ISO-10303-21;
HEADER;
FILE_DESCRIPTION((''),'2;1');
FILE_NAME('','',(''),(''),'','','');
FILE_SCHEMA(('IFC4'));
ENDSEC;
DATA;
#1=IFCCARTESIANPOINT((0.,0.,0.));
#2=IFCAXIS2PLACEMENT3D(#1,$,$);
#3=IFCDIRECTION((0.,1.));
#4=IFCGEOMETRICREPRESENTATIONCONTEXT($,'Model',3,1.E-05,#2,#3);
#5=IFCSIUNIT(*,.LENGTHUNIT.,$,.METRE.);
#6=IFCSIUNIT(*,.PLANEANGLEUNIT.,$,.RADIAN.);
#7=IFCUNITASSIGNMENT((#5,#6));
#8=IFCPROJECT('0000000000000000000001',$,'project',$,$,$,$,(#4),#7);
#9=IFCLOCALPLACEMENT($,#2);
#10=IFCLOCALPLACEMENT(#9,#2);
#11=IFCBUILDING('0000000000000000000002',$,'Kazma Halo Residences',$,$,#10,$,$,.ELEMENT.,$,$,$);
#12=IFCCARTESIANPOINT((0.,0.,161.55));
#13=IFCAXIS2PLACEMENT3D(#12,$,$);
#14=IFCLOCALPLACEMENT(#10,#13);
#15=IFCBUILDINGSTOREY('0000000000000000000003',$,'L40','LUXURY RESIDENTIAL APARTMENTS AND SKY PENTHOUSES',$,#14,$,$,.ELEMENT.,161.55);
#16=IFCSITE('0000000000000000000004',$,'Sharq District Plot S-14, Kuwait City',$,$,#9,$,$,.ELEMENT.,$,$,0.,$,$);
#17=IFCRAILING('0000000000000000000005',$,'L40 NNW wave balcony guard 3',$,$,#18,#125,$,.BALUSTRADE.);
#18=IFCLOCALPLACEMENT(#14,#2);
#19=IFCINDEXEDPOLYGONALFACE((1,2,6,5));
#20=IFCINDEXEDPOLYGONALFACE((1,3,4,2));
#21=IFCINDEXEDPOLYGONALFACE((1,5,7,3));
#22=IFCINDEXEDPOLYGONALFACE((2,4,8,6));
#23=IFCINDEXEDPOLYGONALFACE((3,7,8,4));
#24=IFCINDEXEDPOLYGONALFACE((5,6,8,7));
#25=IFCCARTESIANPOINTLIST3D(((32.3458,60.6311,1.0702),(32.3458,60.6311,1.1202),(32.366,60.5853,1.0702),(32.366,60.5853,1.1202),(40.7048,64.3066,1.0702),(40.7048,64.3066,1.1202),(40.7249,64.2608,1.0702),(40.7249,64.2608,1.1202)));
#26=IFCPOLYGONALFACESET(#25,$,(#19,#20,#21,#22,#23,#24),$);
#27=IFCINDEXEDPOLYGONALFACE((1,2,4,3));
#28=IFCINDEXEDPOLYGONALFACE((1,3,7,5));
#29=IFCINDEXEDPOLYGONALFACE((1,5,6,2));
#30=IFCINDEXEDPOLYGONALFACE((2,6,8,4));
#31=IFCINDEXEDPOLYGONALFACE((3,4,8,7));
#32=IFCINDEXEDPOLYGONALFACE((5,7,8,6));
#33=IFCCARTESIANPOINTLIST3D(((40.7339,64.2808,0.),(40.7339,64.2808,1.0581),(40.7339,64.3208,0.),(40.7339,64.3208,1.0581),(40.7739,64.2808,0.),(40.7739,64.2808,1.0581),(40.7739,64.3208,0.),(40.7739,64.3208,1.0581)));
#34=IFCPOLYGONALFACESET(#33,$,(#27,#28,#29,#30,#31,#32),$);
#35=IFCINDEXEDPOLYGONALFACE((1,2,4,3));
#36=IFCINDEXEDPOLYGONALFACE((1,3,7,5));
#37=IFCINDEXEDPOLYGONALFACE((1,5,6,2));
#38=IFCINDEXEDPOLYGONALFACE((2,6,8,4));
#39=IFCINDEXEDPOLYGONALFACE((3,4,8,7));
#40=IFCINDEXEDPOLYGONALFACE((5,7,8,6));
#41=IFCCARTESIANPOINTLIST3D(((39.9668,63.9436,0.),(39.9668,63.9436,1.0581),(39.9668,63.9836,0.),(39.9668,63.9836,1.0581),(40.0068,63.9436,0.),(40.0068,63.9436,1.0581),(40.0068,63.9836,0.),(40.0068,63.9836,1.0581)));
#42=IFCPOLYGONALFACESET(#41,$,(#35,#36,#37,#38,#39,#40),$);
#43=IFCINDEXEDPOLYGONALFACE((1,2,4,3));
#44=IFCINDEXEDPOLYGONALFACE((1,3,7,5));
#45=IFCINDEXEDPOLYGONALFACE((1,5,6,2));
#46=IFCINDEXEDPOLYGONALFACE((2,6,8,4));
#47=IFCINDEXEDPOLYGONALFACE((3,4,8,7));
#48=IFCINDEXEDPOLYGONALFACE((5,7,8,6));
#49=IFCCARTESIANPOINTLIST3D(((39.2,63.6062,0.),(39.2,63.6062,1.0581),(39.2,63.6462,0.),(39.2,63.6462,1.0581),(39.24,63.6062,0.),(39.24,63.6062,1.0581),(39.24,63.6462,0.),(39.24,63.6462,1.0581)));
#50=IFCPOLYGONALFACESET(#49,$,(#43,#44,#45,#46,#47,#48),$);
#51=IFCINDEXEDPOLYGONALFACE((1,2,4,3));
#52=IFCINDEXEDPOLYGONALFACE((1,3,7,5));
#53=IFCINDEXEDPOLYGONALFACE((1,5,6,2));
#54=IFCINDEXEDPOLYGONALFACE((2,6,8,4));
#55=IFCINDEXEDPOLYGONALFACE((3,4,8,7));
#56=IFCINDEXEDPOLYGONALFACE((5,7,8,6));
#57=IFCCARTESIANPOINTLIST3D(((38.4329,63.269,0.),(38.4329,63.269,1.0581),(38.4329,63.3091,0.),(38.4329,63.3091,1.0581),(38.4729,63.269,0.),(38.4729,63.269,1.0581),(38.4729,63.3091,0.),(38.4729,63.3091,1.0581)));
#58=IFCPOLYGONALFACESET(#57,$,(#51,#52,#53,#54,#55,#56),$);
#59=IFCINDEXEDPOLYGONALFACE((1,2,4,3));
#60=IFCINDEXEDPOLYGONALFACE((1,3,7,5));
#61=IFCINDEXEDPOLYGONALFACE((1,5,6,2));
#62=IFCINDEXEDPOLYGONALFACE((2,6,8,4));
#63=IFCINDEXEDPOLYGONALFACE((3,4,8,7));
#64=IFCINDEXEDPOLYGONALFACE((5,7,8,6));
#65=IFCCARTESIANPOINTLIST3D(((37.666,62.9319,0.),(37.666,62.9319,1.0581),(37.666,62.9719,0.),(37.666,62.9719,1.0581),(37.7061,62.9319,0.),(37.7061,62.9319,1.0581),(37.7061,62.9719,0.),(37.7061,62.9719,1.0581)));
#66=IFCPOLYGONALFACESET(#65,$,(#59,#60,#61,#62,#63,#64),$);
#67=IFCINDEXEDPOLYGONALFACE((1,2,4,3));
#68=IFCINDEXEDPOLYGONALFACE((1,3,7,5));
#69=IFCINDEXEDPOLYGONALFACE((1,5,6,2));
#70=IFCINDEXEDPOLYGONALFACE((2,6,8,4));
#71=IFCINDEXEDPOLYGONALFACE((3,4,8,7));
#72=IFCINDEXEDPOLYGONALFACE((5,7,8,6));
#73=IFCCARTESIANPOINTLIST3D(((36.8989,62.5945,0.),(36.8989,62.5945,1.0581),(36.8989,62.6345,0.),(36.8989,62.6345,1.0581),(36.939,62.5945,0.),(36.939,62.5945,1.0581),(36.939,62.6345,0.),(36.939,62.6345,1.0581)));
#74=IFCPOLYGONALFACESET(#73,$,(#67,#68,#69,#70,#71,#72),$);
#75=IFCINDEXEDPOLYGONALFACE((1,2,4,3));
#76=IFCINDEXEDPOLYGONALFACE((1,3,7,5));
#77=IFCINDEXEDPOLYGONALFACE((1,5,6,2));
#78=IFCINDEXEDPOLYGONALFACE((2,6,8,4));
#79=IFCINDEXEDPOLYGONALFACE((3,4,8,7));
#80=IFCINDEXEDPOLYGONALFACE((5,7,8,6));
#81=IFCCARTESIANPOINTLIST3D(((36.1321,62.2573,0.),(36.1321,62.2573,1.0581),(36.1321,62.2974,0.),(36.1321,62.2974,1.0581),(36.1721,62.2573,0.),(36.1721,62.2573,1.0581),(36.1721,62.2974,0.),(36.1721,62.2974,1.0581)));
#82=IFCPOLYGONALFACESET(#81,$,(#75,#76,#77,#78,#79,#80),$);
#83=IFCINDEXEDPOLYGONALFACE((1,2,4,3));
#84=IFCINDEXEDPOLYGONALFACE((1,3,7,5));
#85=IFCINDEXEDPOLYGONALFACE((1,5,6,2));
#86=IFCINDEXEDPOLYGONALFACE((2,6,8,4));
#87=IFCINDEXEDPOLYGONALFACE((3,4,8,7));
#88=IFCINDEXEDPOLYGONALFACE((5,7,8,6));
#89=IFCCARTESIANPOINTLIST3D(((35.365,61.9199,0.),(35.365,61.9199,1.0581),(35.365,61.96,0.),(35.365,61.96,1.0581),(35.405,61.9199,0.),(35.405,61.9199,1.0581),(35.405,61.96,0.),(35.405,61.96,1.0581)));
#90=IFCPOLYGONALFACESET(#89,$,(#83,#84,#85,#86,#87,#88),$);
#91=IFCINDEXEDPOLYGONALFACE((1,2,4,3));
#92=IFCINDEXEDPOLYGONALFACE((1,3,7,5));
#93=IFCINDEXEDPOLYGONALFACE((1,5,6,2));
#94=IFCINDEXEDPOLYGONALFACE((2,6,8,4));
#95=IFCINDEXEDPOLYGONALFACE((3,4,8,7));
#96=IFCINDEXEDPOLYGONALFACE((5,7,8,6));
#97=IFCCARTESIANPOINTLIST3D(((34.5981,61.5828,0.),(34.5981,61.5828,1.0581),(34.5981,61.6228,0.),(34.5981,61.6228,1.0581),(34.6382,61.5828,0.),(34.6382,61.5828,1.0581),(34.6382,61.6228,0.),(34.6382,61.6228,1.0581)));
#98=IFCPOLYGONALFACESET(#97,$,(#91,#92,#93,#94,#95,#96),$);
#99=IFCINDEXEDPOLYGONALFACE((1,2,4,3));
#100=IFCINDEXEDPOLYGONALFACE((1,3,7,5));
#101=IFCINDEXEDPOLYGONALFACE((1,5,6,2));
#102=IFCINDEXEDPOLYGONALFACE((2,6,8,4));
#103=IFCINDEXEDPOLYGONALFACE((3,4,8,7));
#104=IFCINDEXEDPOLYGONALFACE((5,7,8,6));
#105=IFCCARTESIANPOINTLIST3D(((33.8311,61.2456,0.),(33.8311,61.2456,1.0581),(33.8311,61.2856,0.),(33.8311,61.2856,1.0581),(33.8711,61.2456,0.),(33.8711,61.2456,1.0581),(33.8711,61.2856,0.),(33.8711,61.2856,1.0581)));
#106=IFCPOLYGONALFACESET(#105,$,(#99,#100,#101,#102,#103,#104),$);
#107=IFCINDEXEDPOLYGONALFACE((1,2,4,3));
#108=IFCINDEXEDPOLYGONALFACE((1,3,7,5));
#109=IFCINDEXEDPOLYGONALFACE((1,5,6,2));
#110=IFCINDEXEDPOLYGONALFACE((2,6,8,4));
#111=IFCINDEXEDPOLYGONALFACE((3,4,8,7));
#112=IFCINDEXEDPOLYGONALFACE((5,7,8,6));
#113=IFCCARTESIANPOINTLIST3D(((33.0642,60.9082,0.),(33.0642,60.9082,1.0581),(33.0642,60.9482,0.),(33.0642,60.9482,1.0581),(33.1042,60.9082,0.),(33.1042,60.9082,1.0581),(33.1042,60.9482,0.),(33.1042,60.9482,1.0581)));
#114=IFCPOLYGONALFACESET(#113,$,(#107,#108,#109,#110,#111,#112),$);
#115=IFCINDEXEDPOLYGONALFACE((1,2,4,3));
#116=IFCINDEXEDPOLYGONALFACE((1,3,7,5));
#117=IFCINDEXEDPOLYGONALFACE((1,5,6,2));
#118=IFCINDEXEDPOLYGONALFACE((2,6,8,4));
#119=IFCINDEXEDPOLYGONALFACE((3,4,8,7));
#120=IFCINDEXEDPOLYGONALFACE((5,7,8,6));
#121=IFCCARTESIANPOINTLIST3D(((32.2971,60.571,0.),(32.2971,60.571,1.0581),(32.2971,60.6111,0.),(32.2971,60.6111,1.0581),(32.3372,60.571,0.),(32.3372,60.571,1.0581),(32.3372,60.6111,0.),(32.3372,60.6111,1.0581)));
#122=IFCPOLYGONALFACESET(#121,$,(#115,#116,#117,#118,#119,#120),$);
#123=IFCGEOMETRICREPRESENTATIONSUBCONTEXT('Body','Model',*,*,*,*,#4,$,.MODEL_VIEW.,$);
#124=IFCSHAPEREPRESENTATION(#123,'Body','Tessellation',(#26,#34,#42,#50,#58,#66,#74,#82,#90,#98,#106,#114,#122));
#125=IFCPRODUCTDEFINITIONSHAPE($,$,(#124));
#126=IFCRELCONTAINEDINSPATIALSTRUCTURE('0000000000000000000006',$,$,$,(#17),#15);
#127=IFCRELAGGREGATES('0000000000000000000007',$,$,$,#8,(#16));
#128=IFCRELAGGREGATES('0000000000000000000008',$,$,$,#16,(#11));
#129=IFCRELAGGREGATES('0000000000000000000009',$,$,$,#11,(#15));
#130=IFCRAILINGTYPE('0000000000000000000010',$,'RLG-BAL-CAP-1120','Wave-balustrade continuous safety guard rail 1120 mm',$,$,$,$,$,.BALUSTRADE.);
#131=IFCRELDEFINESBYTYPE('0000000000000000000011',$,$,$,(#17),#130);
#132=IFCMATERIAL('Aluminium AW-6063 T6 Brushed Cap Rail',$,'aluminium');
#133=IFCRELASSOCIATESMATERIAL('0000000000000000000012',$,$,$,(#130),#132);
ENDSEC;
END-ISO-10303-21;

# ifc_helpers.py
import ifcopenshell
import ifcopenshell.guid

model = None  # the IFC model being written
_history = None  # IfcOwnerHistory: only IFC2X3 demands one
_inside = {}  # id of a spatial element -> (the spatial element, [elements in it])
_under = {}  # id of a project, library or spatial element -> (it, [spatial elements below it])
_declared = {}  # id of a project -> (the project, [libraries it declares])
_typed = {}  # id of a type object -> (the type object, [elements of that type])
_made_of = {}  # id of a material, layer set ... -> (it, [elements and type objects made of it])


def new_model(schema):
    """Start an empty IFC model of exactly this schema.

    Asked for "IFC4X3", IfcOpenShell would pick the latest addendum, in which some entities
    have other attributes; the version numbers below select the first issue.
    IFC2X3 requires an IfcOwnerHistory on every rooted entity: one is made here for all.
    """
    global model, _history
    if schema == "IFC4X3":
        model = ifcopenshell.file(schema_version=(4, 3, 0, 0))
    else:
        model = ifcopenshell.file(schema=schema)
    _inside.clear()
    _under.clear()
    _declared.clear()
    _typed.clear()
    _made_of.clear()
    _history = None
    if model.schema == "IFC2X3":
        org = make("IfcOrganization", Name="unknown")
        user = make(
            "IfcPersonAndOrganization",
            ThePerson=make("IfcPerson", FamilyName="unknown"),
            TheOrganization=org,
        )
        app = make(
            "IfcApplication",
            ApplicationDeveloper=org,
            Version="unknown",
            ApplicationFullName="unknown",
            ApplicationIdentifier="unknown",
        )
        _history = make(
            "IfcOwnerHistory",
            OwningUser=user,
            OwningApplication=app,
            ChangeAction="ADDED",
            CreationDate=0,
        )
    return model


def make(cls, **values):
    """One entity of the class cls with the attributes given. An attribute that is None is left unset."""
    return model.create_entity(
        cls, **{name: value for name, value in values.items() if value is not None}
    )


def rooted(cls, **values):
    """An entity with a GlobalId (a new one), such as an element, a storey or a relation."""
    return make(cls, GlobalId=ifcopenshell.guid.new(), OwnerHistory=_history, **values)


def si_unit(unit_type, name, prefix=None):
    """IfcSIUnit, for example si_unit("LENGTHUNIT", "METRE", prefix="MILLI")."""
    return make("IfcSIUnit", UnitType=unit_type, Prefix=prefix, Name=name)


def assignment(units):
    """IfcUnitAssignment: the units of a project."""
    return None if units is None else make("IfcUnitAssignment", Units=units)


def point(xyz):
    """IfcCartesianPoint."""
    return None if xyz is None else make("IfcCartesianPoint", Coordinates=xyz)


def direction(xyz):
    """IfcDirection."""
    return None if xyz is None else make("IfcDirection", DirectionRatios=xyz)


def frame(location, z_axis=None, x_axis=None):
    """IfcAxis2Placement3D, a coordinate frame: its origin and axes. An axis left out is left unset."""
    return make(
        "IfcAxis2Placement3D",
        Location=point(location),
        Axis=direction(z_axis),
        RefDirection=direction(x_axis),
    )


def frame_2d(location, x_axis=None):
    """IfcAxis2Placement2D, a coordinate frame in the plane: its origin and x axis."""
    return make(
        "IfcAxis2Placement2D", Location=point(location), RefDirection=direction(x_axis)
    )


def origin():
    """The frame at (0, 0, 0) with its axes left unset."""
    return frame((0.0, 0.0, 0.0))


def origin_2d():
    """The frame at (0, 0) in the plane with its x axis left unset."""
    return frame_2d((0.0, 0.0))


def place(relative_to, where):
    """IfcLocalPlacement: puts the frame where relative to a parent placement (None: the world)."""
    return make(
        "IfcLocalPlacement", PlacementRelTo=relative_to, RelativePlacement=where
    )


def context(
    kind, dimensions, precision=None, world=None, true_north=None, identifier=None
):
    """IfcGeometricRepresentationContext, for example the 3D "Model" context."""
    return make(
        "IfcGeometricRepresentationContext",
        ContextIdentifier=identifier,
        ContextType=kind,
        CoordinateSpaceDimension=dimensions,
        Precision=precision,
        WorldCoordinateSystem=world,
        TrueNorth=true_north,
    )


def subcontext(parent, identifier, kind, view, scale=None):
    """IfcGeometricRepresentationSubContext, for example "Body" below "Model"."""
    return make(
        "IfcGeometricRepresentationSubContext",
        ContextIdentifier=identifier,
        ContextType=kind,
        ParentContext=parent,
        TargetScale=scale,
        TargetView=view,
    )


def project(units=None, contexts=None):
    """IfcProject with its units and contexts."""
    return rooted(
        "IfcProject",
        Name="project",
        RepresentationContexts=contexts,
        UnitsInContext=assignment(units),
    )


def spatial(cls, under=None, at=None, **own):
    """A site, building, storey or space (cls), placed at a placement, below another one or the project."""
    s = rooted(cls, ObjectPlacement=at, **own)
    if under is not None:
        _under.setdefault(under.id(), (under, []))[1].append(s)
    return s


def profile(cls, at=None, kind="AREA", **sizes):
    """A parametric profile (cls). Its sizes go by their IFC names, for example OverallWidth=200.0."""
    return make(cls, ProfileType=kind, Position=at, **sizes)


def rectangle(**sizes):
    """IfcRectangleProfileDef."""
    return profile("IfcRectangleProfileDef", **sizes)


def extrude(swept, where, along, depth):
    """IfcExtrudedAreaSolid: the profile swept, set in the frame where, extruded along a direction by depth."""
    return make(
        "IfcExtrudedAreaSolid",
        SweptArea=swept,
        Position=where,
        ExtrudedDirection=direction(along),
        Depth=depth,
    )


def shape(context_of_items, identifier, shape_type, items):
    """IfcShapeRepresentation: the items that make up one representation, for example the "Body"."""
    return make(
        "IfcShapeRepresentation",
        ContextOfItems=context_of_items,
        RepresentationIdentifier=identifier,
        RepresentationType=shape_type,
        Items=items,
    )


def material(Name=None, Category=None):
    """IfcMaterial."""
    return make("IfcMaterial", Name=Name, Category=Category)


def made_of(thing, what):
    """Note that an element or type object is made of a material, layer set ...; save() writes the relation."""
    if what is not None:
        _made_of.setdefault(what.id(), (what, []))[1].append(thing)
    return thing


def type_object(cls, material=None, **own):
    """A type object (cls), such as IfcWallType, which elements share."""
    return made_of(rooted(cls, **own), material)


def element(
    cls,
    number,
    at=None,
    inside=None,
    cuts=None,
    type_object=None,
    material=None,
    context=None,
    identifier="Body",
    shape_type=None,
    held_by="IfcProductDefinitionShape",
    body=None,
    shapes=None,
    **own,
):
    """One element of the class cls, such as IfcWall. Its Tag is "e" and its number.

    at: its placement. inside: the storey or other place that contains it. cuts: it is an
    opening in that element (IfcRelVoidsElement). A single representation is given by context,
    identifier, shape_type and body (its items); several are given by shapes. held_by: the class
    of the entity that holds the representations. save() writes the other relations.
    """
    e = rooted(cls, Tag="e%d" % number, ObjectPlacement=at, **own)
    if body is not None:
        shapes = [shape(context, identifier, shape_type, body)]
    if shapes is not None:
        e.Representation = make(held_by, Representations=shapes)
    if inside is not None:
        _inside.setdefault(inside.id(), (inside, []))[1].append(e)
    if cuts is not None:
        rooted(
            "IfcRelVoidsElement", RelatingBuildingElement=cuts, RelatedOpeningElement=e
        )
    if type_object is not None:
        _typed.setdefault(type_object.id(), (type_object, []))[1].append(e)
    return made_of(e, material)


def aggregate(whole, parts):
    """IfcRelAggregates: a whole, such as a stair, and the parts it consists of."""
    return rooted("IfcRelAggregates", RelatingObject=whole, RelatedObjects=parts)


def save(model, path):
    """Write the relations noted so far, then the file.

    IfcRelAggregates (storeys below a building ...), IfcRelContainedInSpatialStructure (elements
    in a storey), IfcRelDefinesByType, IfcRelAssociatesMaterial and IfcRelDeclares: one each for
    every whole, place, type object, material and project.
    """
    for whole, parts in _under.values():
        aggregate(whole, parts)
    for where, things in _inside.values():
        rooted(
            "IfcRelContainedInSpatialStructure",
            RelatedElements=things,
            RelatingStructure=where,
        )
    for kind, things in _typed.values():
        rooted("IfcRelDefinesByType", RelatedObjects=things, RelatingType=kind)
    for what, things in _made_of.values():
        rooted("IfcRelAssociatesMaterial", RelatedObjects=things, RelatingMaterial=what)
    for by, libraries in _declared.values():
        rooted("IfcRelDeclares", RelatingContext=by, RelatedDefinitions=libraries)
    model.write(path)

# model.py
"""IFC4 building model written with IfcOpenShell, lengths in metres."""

from ifc_helpers import new_model, si_unit, direction, frame, origin, origin_2d, place, context, subcontext, project, spatial, rectangle, extrude, material, type_object, element, save


model = new_model("IFC4")

# Units and contexts
model_context = context("Model", 3, precision=1e-05, world=origin(), true_north=direction((0.0, 1.0)))
body_context = subcontext(model_context, "Body", "Model", "MODEL_VIEW")
ifc_project = project(units=[si_unit("LENGTHUNIT", "METRE"), si_unit("PLANEANGLEUNIT", "RADIAN")], contexts=[model_context])

# Site, building, storey
site_placement = place(None, origin())
site = spatial("IfcSite", under=ifc_project, at=site_placement, Name="Sharq District Plot S-14, Kuwait City", CompositionType="ELEMENT", RefElevation=0.0)
building_placement = place(site_placement, origin())
building = spatial("IfcBuilding", under=site, at=building_placement, Name="Kazma Halo Residences", CompositionType="ELEMENT")
storey_placement = place(building_placement, frame((0.0, 0.0, 161.55)))
storey = spatial("IfcBuildingStorey", under=building, at=storey_placement, Name="L40", Description="LUXURY RESIDENTIAL APARTMENTS AND SKY PENTHOUSES", CompositionType="ELEMENT", Elevation=161.55)

# Railing
ifc_material_1 = material(Name="Aluminium AW-6063 T6 Brushed Cap Rail", Category="aluminium")
railing_type = type_object("IfcRailingType", Name="RLG-BAL-CAP-1120", Description="Wave-balustrade continuous safety guard rail 1120 mm", PredefinedType="BALUSTRADE", material=ifc_material_1)
railing_placement = place(storey_placement, frame((40.7539, 64.3008, 0.0)))
element("IfcRailing", 1, at=railing_placement, inside=storey, type_object=railing_type, Name="L40 NNW wave balcony guard 3", PredefinedType="BALUSTRADE", context=body_context, shape_type="SweptSolid", body=[
    extrude(rectangle(XDim=0.05, YDim=0.05, at=origin_2d()), frame((-0.0391, -0.0171, 1.0952), z_axis=(-0.915413, -0.402515, 0.0), x_axis=(0.402515, -0.915413, 0.0)), (0.0, 0.0, 1.0), 9.1313),
    extrude(rectangle(XDim=0.04, YDim=0.04, at=origin_2d()), origin(), (0.0, 0.0, 1.0), 1.0581),
    extrude(rectangle(XDim=0.04, YDim=0.04, at=origin_2d()), frame((-0.7671, -0.3372, 0.0)), (0.0, 0.0, 1.0), 1.0581),
    extrude(rectangle(XDim=0.04, YDim=0.04, at=origin_2d()), frame((-1.5339, -0.6746, 0.0)), (0.0, 0.0, 1.0), 1.0581),
    extrude(rectangle(XDim=0.04, YDim=0.04, at=origin_2d()), frame((-2.301, -1.0117, 0.0)), (0.0, 0.0, 1.0), 1.0581),
    extrude(rectangle(XDim=0.04, YDim=0.04, at=origin_2d()), frame((-3.0679, -1.3489, 0.0)), (0.0, 0.0, 1.0), 1.0581),
    extrude(rectangle(XDim=0.04, YDim=0.04, at=origin_2d()), frame((-3.835, -1.6863, 0.0)), (0.0, 0.0, 1.0), 1.0581),
    extrude(rectangle(XDim=0.04, YDim=0.04, at=origin_2d()), frame((-4.6018, -2.0234, 0.0)), (0.0, 0.0, 1.0), 1.0581),
    extrude(rectangle(XDim=0.04, YDim=0.04, at=origin_2d()), frame((-5.3689, -2.3608, 0.0)), (0.0, 0.0, 1.0), 1.0581),
    extrude(rectangle(XDim=0.04, YDim=0.04, at=origin_2d()), frame((-6.1357, -2.698, 0.0)), (0.0, 0.0, 1.0), 1.0581),
    extrude(rectangle(XDim=0.04, YDim=0.04, at=origin_2d()), frame((-6.9028, -3.0352, 0.0)), (0.0, 0.0, 1.0), 1.0581),
    extrude(rectangle(XDim=0.04, YDim=0.04, at=origin_2d()), frame((-7.6697, -3.3726, 0.0)), (0.0, 0.0, 1.0), 1.0581),
    extrude(rectangle(XDim=0.04, YDim=0.04, at=origin_2d()), frame((-8.4368, -3.7097, 0.0)), (0.0, 0.0, 1.0), 1.0581),
])

save(model, "model.ifc")
